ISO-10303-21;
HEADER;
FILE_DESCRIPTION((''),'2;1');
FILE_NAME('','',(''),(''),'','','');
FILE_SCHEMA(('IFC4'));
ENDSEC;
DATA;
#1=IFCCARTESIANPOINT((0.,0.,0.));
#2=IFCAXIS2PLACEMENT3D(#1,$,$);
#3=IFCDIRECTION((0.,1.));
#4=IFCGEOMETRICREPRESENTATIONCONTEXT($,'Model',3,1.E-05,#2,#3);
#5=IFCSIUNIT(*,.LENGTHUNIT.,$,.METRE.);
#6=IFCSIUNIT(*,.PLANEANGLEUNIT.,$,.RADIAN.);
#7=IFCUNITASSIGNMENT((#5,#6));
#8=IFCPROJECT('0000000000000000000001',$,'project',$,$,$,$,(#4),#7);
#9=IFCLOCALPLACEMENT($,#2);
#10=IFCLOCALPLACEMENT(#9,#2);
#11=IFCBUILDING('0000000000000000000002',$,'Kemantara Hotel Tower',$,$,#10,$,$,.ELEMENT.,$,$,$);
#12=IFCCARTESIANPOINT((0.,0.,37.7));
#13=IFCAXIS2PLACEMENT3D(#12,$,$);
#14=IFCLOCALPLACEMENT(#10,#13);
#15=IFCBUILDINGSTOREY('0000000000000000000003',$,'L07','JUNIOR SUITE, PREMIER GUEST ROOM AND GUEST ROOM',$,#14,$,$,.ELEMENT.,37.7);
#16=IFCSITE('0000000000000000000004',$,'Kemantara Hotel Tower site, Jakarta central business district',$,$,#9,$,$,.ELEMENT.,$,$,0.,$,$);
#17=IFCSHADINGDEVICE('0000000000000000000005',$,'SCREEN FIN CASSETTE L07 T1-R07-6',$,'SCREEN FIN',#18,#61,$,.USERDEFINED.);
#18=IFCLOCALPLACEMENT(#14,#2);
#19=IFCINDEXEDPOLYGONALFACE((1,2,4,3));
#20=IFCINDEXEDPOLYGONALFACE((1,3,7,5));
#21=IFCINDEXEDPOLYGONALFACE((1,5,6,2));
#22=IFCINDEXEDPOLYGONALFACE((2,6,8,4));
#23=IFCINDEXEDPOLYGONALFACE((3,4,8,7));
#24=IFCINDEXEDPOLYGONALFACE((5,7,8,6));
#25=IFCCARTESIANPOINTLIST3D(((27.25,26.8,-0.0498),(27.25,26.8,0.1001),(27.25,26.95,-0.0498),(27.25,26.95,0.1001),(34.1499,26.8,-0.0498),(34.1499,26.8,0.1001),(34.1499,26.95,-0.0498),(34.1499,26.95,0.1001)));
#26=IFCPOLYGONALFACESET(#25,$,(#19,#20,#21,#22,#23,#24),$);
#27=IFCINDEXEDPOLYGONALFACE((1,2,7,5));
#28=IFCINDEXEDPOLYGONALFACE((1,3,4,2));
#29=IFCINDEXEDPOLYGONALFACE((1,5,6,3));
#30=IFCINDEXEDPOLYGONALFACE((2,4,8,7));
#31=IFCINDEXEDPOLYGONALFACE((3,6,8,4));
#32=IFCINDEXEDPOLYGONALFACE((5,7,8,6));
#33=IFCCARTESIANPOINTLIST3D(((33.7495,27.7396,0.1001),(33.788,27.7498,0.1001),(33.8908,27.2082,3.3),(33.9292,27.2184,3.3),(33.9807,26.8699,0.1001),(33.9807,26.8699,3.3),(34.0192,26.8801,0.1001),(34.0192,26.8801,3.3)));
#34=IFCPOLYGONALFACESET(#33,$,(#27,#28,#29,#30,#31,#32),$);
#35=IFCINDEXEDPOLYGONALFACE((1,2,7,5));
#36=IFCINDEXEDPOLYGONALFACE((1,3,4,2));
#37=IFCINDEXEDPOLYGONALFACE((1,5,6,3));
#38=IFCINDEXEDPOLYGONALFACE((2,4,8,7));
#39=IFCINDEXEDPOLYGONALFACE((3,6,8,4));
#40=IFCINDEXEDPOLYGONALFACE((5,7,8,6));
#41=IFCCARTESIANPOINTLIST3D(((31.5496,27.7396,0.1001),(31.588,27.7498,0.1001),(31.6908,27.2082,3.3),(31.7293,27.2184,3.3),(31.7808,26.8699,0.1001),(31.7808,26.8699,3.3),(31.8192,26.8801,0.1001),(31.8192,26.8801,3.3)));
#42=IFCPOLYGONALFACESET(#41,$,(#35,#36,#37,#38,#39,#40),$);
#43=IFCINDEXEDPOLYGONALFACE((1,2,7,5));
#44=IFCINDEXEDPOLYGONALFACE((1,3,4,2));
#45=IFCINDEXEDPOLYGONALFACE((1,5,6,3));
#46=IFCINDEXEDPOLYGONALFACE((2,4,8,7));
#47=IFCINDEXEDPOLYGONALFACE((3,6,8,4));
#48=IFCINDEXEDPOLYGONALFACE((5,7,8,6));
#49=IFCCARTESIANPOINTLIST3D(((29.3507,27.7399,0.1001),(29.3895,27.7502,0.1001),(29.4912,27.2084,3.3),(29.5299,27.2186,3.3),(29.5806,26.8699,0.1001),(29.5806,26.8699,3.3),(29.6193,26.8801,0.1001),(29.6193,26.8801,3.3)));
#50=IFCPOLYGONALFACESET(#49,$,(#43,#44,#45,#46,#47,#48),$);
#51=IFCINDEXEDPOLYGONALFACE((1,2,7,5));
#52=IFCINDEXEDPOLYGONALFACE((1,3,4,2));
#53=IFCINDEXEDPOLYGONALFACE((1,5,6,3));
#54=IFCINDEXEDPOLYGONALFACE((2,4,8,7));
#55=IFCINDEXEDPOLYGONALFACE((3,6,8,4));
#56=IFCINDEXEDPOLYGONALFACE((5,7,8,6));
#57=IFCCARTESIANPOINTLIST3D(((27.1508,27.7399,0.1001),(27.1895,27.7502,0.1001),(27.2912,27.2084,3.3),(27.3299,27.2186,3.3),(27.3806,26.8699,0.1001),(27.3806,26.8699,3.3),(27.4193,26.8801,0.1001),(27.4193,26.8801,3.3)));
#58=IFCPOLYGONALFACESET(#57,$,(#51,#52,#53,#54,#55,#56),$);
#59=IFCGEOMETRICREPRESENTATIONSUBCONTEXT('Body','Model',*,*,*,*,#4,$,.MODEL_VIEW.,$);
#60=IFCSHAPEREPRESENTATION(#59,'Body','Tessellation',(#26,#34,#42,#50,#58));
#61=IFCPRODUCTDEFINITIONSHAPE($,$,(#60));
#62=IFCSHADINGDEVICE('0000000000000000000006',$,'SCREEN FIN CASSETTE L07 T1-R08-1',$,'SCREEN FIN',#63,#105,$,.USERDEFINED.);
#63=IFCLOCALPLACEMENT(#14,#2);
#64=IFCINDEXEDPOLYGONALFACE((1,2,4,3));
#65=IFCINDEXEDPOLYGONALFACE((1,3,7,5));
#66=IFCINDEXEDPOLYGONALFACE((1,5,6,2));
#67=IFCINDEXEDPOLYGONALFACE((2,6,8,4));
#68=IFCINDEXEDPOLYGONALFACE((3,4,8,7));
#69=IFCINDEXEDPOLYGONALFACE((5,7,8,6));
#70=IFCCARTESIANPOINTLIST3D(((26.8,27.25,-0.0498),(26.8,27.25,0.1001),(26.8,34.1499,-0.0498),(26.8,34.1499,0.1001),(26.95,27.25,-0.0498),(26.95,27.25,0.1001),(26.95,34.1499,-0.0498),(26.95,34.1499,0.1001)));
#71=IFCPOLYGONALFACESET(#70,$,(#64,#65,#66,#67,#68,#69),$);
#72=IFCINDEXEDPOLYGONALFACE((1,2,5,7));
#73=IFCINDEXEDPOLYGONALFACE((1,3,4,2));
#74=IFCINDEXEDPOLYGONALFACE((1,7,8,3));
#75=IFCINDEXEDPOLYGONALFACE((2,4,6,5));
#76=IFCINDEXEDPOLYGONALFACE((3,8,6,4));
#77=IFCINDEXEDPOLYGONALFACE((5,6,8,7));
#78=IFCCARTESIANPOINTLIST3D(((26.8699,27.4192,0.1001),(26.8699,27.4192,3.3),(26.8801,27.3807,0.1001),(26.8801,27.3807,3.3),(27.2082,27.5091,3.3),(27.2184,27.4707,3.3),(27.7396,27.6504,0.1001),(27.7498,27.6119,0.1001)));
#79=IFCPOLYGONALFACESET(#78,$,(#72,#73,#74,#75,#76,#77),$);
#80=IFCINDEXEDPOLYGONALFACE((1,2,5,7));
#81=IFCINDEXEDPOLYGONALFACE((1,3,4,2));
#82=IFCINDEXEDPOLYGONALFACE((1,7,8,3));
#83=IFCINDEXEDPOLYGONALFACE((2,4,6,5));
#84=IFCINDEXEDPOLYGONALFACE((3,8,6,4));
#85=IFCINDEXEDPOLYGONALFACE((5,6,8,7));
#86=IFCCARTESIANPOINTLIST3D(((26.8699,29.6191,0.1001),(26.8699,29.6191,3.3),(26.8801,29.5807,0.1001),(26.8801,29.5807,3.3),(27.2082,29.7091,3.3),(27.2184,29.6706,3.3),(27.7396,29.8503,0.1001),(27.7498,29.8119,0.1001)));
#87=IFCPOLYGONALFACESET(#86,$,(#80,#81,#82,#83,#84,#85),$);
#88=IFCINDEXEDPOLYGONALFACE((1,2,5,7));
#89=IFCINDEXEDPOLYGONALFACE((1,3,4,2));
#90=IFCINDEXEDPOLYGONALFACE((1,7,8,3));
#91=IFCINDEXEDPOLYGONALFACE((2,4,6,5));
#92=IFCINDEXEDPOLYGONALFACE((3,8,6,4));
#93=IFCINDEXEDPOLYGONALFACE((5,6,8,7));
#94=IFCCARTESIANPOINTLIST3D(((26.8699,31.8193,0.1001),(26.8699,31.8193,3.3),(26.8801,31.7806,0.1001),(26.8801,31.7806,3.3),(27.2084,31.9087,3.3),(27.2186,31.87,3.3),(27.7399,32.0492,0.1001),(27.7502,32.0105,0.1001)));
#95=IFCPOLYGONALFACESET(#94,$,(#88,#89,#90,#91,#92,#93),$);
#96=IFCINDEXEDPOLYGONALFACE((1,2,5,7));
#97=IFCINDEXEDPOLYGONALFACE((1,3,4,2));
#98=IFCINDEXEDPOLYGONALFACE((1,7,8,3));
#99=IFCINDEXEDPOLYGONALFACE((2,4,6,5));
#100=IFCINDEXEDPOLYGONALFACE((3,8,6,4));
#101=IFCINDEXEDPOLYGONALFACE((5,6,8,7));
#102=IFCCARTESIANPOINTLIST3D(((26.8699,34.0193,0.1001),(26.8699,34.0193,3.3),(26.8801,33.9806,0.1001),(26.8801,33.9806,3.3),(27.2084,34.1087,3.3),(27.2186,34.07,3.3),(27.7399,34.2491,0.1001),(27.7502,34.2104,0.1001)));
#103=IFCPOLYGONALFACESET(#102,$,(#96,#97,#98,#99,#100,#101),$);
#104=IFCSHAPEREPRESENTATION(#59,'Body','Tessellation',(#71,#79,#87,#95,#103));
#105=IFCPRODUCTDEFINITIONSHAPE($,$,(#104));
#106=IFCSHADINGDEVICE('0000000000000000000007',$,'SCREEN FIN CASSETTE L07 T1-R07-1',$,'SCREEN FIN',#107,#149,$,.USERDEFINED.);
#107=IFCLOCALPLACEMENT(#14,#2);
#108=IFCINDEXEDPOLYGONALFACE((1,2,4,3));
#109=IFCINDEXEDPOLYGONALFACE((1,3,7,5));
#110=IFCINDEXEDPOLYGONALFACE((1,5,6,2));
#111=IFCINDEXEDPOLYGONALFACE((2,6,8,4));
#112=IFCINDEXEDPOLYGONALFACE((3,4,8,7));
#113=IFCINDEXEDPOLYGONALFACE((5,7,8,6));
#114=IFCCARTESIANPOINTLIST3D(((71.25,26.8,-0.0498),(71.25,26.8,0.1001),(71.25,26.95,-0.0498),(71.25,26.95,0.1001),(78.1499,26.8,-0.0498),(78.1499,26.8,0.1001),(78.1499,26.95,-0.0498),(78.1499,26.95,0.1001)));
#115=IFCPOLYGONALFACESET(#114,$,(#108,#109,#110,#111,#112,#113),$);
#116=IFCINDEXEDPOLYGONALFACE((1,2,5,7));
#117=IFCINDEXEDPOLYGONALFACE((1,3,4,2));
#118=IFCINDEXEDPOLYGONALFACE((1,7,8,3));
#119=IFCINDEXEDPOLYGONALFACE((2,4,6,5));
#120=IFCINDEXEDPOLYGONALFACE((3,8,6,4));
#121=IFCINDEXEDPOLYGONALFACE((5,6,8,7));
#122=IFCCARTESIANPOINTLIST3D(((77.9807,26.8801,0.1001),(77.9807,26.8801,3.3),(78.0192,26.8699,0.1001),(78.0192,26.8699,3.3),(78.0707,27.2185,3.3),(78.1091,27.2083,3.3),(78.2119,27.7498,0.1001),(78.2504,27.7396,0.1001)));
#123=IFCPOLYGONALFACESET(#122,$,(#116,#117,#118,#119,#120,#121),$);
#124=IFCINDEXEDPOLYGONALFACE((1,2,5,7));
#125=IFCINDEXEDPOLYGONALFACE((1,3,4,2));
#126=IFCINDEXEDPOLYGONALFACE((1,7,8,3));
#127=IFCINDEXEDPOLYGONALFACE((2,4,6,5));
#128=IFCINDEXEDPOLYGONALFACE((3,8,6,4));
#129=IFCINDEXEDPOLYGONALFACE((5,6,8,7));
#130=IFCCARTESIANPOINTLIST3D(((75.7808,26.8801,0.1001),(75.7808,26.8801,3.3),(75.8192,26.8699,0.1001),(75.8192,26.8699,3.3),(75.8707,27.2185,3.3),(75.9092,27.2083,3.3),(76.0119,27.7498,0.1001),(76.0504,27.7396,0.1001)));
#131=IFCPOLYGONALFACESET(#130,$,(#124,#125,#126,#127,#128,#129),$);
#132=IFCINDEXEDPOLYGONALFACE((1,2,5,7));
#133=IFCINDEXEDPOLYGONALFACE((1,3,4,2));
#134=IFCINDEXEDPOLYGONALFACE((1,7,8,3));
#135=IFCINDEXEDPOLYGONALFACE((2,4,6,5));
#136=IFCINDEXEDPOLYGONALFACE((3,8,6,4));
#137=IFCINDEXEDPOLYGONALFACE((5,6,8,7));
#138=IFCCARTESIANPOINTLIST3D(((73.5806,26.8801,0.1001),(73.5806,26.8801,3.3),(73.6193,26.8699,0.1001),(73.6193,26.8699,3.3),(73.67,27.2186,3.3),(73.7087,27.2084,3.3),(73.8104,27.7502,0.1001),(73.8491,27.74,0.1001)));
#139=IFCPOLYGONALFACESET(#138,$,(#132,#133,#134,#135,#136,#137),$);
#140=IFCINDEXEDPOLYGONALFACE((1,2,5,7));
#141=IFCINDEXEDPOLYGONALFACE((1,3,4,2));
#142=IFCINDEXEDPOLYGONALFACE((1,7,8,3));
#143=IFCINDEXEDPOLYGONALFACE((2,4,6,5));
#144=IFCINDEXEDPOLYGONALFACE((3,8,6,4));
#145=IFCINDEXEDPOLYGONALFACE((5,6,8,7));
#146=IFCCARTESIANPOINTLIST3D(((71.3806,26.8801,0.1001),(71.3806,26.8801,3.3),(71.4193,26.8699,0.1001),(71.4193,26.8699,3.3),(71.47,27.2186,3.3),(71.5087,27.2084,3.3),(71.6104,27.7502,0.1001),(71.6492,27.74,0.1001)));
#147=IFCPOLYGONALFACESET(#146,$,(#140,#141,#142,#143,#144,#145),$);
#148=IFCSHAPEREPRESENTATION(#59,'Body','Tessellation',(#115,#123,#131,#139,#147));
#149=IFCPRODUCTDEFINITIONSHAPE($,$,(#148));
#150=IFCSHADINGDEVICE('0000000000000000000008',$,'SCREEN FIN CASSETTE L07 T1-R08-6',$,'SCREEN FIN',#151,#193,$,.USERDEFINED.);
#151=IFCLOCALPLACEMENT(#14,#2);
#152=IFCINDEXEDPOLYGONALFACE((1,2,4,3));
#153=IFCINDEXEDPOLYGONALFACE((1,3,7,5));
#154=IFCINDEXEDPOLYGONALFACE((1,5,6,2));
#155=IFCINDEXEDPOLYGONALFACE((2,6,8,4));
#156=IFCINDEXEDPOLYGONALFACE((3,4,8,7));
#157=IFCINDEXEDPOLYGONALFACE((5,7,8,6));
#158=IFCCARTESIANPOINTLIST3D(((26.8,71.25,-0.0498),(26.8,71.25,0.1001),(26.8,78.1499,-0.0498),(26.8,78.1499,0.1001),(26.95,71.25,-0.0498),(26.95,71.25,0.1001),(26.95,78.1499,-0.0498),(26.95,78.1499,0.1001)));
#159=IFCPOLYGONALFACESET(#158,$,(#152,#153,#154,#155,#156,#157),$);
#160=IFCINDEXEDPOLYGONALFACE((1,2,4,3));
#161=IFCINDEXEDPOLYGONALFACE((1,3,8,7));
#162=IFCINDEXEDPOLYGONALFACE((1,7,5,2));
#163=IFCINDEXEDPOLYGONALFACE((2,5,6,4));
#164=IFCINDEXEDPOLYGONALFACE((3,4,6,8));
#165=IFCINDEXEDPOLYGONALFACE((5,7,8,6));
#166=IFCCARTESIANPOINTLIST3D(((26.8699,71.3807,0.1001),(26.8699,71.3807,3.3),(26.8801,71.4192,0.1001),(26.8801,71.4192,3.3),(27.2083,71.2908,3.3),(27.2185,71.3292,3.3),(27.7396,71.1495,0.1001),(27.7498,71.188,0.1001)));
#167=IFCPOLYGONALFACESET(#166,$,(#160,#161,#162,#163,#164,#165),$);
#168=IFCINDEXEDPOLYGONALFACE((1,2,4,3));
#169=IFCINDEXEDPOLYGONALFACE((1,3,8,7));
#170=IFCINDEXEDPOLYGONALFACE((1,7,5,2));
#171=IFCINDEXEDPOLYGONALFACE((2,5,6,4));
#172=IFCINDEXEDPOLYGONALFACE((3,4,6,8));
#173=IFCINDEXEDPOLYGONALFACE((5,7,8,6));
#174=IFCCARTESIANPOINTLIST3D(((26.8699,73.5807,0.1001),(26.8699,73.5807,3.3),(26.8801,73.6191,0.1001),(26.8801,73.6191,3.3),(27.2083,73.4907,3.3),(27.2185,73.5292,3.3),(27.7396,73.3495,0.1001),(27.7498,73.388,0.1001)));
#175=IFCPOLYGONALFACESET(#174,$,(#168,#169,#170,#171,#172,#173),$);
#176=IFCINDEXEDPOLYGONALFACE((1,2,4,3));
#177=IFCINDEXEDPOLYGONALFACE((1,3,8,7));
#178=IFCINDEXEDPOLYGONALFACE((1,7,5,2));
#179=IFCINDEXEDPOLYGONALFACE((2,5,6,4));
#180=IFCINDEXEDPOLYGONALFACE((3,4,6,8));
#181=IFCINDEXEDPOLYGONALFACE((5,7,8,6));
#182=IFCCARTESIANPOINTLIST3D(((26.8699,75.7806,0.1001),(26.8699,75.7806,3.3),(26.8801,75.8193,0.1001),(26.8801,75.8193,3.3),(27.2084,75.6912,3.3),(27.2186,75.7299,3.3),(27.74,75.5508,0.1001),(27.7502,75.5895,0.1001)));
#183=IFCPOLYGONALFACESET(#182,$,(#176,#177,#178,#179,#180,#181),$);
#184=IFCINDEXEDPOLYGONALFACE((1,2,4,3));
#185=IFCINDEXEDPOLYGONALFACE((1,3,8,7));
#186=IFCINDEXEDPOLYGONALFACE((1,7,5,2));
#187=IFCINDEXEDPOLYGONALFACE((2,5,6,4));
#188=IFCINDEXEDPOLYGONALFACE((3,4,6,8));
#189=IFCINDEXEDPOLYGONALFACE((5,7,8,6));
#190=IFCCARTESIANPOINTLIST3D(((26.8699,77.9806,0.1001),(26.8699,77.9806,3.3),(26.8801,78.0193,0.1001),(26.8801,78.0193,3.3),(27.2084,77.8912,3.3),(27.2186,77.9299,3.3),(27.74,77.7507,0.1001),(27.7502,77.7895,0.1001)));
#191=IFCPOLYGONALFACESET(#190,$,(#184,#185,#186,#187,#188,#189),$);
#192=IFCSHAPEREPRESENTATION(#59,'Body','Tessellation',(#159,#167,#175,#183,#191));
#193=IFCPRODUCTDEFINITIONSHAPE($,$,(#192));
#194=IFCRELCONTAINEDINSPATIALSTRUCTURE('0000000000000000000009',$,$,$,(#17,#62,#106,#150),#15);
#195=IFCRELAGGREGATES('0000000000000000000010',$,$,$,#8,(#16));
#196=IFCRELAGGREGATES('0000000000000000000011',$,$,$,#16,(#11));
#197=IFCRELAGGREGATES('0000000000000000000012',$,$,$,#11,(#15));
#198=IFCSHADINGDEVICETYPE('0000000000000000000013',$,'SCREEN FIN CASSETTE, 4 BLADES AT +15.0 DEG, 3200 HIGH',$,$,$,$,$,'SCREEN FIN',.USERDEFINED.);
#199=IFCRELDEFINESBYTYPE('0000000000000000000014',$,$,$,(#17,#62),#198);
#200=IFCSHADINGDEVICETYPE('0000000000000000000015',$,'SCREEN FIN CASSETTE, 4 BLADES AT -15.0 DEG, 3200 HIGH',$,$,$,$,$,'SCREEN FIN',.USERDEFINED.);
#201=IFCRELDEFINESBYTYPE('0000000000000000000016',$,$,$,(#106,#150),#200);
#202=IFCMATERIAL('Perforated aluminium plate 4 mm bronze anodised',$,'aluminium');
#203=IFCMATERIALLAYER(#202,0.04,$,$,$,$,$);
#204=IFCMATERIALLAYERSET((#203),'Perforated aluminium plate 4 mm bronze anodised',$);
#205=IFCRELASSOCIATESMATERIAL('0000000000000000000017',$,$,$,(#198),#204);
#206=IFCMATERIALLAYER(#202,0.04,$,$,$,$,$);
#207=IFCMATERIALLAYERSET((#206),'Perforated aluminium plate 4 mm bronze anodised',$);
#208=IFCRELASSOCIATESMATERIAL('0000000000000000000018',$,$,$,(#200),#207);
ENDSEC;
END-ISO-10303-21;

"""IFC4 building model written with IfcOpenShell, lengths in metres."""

from ifc_helpers import new_model, si_unit, direction, frame, origin, origin_2d, place, context, subcontext, project, spatial, polyline, rectangle, outline, extrude, source, transform, mapped, material, layer, layer_set, type_object, element, save


model = new_model("IFC4")

# Units and contexts
model_context = context("Model", 3, precision=1e-05, world=origin(), true_north=direction((0.0, 1.0)))
body_context = subcontext(model_context, "Body", "Model", "MODEL_VIEW")
ifc_project = project(units=[si_unit("LENGTHUNIT", "METRE"), si_unit("PLANEANGLEUNIT", "RADIAN")], contexts=[model_context])

# Site, building, storey
site_placement = place(None, origin())
site = spatial("IfcSite", under=ifc_project, at=site_placement, Name="Kemantara Hotel Tower site, Jakarta central business district", CompositionType="ELEMENT", RefElevation=0.0)
building_placement = place(site_placement, origin())
building = spatial("IfcBuilding", under=site, at=building_placement, Name="Kemantara Hotel Tower", CompositionType="ELEMENT")
storey_placement = place(building_placement, frame((0.0, 0.0, 37.7)))
storey = spatial("IfcBuildingStorey", under=building, at=storey_placement, Name="L07", Description="JUNIOR SUITE, PREMIER GUEST ROOM AND GUEST ROOM", CompositionType="ELEMENT", Elevation=37.7)

# Shading devices
ifc_material_1 = material(Name="Perforated aluminium plate 4 mm bronze anodised", Category="aluminium")
ifc_layer_1 = layer(ifc_material_1, 0.04)
ifc_layer_set_1 = layer_set([ifc_layer_1], Name="Perforated aluminium plate 4 mm bronze anodised")
shading_device_type_1 = type_object("IfcShadingDeviceType", Name="SCREEN FIN CASSETTE, 4 BLADES AT +15.0 DEG, 3200 HIGH", ElementType="SCREEN FIN", PredefinedType="USERDEFINED", material=ifc_layer_set_1)
shared_shape_1 = source(origin(), body_context, "Body", "SweptSolid", [
    extrude(rectangle(XDim=6.8999, YDim=0.1499, at=origin_2d()), frame((3.3, -0.075, -0.1499), z_axis=(0.0, 0.0, 1.0), x_axis=(1.0, 0.0, 0.0)), (0.0, 0.0, 1.0), 0.1499),
    extrude(outline(polyline([(0.0, 0.0), (0.8999, 0.0), (0.3501, 3.2), (0.0, 3.2), (0.0, 0.0)])), frame((0.0193, -0.0698, 0.0), z_axis=(-0.966438, -0.256901, 0.0), x_axis=(0.256901, -0.966438, 0.0)), (0.0, 0.0, 1.0), 0.0398),
    extrude(outline(polyline([(0.0, 0.0), (0.8999, 0.0), (0.3501, 3.2), (0.0, 3.2), (0.0, 0.0)])), frame((2.2192, -0.0698, 0.0), z_axis=(-0.966438, -0.256901, 0.0), x_axis=(0.256901, -0.966438, 0.0)), (0.0, 0.0, 1.0), 0.0398),
    extrude(outline(polyline([(0.0, 0.0), (0.8999, 0.0), (0.3501, 3.2), (0.0, 3.2), (0.0, 0.0)])), frame((4.4194, -0.0698, 0.0), z_axis=(-0.966838, -0.255391, 0.0), x_axis=(0.255391, -0.966838, 0.0)), (0.0, 0.0, 1.0), 0.04),
    extrude(outline(polyline([(0.0, 0.0), (0.8999, 0.0), (0.3501, 3.2), (0.0, 3.2), (0.0, 0.0)])), frame((6.6194, -0.0698, 0.0), z_axis=(-0.966838, -0.255391, 0.0), x_axis=(0.255391, -0.966838, 0.0)), (0.0, 0.0, 1.0), 0.04),
])
for number, where, z_axis, x_axis, name in (
    (1, (34.0, 26.8, 0.1001), (0.0, 0.0, 1.0), (-1.0, 0.0, 0.0), "SCREEN FIN CASSETTE L07 T1-R07-6"),
    (2, (26.8, 27.3999, 0.1001), (0.0, 0.0, 1.0), (0.0, 1.0, 0.0), "SCREEN FIN CASSETTE L07 T1-R08-1"),
):
    element("IfcShadingDevice", number, at=place(storey_placement, frame(where, z_axis=z_axis, x_axis=x_axis)), inside=storey, type_object=shading_device_type_1, Name=name, ObjectType="SCREEN FIN", PredefinedType="USERDEFINED", context=body_context, shape_type="MappedRepresentation", body=[
        mapped(shared_shape_1, transform((0.0, 0.0, 0.0))),
    ])
ifc_layer_2 = layer(ifc_material_1, 0.04)
ifc_layer_set_2 = layer_set([ifc_layer_2], Name="Perforated aluminium plate 4 mm bronze anodised")
shading_device_type_2 = type_object("IfcShadingDeviceType", Name="SCREEN FIN CASSETTE, 4 BLADES AT -15.0 DEG, 3200 HIGH", ElementType="SCREEN FIN", PredefinedType="USERDEFINED", material=ifc_layer_set_2)
shared_shape_2 = source(origin(), body_context, "Body", "SweptSolid", [
    extrude(rectangle(XDim=6.8999, YDim=0.1499, at=origin_2d()), frame((3.3, -0.075, -0.1499), z_axis=(0.0, 0.0, 1.0), x_axis=(1.0, 0.0, 0.0)), (0.0, 0.0, 1.0), 0.1499),
    extrude(outline(polyline([(0.0, 0.0), (0.8999, 0.0), (0.3501, 3.2), (0.0, 3.2), (0.0, 0.0)])), frame((0.0193, -0.0801, 0.0), z_axis=(-0.966438, 0.256901, 0.0), x_axis=(-0.256901, -0.966438, 0.0)), (0.0, 0.0, 1.0), 0.0398),
    extrude(outline(polyline([(0.0, 0.0), (0.8999, 0.0), (0.3501, 3.2), (0.0, 3.2), (0.0, 0.0)])), frame((2.2192, -0.0801, 0.0), z_axis=(-0.966438, 0.256901, 0.0), x_axis=(-0.256901, -0.966438, 0.0)), (0.0, 0.0, 1.0), 0.0398),
    extrude(outline(polyline([(0.0, 0.0), (0.8999, 0.0), (0.3501, 3.2), (0.0, 3.2), (0.0, 0.0)])), frame((4.4194, -0.0801, 0.0), z_axis=(-0.966838, 0.255391, 0.0), x_axis=(-0.255391, -0.966838, 0.0)), (0.0, 0.0, 1.0), 0.04),
    extrude(outline(polyline([(0.0, 0.0), (0.8999, 0.0), (0.3501, 3.2), (0.0, 3.2), (0.0, 0.0)])), frame((6.6194, -0.0801, 0.0), z_axis=(-0.966838, 0.255391, 0.0), x_axis=(-0.255391, -0.966838, 0.0)), (0.0, 0.0, 1.0), 0.04),
])
for number, where, z_axis, x_axis, name in (
    (3, (78.0, 26.8, 0.1001), (0.0, 0.0, 1.0), (-1.0, 0.0, 0.0), "SCREEN FIN CASSETTE L07 T1-R07-1"),
    (4, (26.8, 71.3999, 0.1001), (0.0, 0.0, 1.0), (0.0, 1.0, 0.0), "SCREEN FIN CASSETTE L07 T1-R08-6"),
):
    element("IfcShadingDevice", number, at=place(storey_placement, frame(where, z_axis=z_axis, x_axis=x_axis)), inside=storey, type_object=shading_device_type_2, Name=name, ObjectType="SCREEN FIN", PredefinedType="USERDEFINED", context=body_context, shape_type="MappedRepresentation", body=[
        mapped(shared_shape_2, transform((0.0, 0.0, 0.0))),
    ])

save(model, "model.ifc")
